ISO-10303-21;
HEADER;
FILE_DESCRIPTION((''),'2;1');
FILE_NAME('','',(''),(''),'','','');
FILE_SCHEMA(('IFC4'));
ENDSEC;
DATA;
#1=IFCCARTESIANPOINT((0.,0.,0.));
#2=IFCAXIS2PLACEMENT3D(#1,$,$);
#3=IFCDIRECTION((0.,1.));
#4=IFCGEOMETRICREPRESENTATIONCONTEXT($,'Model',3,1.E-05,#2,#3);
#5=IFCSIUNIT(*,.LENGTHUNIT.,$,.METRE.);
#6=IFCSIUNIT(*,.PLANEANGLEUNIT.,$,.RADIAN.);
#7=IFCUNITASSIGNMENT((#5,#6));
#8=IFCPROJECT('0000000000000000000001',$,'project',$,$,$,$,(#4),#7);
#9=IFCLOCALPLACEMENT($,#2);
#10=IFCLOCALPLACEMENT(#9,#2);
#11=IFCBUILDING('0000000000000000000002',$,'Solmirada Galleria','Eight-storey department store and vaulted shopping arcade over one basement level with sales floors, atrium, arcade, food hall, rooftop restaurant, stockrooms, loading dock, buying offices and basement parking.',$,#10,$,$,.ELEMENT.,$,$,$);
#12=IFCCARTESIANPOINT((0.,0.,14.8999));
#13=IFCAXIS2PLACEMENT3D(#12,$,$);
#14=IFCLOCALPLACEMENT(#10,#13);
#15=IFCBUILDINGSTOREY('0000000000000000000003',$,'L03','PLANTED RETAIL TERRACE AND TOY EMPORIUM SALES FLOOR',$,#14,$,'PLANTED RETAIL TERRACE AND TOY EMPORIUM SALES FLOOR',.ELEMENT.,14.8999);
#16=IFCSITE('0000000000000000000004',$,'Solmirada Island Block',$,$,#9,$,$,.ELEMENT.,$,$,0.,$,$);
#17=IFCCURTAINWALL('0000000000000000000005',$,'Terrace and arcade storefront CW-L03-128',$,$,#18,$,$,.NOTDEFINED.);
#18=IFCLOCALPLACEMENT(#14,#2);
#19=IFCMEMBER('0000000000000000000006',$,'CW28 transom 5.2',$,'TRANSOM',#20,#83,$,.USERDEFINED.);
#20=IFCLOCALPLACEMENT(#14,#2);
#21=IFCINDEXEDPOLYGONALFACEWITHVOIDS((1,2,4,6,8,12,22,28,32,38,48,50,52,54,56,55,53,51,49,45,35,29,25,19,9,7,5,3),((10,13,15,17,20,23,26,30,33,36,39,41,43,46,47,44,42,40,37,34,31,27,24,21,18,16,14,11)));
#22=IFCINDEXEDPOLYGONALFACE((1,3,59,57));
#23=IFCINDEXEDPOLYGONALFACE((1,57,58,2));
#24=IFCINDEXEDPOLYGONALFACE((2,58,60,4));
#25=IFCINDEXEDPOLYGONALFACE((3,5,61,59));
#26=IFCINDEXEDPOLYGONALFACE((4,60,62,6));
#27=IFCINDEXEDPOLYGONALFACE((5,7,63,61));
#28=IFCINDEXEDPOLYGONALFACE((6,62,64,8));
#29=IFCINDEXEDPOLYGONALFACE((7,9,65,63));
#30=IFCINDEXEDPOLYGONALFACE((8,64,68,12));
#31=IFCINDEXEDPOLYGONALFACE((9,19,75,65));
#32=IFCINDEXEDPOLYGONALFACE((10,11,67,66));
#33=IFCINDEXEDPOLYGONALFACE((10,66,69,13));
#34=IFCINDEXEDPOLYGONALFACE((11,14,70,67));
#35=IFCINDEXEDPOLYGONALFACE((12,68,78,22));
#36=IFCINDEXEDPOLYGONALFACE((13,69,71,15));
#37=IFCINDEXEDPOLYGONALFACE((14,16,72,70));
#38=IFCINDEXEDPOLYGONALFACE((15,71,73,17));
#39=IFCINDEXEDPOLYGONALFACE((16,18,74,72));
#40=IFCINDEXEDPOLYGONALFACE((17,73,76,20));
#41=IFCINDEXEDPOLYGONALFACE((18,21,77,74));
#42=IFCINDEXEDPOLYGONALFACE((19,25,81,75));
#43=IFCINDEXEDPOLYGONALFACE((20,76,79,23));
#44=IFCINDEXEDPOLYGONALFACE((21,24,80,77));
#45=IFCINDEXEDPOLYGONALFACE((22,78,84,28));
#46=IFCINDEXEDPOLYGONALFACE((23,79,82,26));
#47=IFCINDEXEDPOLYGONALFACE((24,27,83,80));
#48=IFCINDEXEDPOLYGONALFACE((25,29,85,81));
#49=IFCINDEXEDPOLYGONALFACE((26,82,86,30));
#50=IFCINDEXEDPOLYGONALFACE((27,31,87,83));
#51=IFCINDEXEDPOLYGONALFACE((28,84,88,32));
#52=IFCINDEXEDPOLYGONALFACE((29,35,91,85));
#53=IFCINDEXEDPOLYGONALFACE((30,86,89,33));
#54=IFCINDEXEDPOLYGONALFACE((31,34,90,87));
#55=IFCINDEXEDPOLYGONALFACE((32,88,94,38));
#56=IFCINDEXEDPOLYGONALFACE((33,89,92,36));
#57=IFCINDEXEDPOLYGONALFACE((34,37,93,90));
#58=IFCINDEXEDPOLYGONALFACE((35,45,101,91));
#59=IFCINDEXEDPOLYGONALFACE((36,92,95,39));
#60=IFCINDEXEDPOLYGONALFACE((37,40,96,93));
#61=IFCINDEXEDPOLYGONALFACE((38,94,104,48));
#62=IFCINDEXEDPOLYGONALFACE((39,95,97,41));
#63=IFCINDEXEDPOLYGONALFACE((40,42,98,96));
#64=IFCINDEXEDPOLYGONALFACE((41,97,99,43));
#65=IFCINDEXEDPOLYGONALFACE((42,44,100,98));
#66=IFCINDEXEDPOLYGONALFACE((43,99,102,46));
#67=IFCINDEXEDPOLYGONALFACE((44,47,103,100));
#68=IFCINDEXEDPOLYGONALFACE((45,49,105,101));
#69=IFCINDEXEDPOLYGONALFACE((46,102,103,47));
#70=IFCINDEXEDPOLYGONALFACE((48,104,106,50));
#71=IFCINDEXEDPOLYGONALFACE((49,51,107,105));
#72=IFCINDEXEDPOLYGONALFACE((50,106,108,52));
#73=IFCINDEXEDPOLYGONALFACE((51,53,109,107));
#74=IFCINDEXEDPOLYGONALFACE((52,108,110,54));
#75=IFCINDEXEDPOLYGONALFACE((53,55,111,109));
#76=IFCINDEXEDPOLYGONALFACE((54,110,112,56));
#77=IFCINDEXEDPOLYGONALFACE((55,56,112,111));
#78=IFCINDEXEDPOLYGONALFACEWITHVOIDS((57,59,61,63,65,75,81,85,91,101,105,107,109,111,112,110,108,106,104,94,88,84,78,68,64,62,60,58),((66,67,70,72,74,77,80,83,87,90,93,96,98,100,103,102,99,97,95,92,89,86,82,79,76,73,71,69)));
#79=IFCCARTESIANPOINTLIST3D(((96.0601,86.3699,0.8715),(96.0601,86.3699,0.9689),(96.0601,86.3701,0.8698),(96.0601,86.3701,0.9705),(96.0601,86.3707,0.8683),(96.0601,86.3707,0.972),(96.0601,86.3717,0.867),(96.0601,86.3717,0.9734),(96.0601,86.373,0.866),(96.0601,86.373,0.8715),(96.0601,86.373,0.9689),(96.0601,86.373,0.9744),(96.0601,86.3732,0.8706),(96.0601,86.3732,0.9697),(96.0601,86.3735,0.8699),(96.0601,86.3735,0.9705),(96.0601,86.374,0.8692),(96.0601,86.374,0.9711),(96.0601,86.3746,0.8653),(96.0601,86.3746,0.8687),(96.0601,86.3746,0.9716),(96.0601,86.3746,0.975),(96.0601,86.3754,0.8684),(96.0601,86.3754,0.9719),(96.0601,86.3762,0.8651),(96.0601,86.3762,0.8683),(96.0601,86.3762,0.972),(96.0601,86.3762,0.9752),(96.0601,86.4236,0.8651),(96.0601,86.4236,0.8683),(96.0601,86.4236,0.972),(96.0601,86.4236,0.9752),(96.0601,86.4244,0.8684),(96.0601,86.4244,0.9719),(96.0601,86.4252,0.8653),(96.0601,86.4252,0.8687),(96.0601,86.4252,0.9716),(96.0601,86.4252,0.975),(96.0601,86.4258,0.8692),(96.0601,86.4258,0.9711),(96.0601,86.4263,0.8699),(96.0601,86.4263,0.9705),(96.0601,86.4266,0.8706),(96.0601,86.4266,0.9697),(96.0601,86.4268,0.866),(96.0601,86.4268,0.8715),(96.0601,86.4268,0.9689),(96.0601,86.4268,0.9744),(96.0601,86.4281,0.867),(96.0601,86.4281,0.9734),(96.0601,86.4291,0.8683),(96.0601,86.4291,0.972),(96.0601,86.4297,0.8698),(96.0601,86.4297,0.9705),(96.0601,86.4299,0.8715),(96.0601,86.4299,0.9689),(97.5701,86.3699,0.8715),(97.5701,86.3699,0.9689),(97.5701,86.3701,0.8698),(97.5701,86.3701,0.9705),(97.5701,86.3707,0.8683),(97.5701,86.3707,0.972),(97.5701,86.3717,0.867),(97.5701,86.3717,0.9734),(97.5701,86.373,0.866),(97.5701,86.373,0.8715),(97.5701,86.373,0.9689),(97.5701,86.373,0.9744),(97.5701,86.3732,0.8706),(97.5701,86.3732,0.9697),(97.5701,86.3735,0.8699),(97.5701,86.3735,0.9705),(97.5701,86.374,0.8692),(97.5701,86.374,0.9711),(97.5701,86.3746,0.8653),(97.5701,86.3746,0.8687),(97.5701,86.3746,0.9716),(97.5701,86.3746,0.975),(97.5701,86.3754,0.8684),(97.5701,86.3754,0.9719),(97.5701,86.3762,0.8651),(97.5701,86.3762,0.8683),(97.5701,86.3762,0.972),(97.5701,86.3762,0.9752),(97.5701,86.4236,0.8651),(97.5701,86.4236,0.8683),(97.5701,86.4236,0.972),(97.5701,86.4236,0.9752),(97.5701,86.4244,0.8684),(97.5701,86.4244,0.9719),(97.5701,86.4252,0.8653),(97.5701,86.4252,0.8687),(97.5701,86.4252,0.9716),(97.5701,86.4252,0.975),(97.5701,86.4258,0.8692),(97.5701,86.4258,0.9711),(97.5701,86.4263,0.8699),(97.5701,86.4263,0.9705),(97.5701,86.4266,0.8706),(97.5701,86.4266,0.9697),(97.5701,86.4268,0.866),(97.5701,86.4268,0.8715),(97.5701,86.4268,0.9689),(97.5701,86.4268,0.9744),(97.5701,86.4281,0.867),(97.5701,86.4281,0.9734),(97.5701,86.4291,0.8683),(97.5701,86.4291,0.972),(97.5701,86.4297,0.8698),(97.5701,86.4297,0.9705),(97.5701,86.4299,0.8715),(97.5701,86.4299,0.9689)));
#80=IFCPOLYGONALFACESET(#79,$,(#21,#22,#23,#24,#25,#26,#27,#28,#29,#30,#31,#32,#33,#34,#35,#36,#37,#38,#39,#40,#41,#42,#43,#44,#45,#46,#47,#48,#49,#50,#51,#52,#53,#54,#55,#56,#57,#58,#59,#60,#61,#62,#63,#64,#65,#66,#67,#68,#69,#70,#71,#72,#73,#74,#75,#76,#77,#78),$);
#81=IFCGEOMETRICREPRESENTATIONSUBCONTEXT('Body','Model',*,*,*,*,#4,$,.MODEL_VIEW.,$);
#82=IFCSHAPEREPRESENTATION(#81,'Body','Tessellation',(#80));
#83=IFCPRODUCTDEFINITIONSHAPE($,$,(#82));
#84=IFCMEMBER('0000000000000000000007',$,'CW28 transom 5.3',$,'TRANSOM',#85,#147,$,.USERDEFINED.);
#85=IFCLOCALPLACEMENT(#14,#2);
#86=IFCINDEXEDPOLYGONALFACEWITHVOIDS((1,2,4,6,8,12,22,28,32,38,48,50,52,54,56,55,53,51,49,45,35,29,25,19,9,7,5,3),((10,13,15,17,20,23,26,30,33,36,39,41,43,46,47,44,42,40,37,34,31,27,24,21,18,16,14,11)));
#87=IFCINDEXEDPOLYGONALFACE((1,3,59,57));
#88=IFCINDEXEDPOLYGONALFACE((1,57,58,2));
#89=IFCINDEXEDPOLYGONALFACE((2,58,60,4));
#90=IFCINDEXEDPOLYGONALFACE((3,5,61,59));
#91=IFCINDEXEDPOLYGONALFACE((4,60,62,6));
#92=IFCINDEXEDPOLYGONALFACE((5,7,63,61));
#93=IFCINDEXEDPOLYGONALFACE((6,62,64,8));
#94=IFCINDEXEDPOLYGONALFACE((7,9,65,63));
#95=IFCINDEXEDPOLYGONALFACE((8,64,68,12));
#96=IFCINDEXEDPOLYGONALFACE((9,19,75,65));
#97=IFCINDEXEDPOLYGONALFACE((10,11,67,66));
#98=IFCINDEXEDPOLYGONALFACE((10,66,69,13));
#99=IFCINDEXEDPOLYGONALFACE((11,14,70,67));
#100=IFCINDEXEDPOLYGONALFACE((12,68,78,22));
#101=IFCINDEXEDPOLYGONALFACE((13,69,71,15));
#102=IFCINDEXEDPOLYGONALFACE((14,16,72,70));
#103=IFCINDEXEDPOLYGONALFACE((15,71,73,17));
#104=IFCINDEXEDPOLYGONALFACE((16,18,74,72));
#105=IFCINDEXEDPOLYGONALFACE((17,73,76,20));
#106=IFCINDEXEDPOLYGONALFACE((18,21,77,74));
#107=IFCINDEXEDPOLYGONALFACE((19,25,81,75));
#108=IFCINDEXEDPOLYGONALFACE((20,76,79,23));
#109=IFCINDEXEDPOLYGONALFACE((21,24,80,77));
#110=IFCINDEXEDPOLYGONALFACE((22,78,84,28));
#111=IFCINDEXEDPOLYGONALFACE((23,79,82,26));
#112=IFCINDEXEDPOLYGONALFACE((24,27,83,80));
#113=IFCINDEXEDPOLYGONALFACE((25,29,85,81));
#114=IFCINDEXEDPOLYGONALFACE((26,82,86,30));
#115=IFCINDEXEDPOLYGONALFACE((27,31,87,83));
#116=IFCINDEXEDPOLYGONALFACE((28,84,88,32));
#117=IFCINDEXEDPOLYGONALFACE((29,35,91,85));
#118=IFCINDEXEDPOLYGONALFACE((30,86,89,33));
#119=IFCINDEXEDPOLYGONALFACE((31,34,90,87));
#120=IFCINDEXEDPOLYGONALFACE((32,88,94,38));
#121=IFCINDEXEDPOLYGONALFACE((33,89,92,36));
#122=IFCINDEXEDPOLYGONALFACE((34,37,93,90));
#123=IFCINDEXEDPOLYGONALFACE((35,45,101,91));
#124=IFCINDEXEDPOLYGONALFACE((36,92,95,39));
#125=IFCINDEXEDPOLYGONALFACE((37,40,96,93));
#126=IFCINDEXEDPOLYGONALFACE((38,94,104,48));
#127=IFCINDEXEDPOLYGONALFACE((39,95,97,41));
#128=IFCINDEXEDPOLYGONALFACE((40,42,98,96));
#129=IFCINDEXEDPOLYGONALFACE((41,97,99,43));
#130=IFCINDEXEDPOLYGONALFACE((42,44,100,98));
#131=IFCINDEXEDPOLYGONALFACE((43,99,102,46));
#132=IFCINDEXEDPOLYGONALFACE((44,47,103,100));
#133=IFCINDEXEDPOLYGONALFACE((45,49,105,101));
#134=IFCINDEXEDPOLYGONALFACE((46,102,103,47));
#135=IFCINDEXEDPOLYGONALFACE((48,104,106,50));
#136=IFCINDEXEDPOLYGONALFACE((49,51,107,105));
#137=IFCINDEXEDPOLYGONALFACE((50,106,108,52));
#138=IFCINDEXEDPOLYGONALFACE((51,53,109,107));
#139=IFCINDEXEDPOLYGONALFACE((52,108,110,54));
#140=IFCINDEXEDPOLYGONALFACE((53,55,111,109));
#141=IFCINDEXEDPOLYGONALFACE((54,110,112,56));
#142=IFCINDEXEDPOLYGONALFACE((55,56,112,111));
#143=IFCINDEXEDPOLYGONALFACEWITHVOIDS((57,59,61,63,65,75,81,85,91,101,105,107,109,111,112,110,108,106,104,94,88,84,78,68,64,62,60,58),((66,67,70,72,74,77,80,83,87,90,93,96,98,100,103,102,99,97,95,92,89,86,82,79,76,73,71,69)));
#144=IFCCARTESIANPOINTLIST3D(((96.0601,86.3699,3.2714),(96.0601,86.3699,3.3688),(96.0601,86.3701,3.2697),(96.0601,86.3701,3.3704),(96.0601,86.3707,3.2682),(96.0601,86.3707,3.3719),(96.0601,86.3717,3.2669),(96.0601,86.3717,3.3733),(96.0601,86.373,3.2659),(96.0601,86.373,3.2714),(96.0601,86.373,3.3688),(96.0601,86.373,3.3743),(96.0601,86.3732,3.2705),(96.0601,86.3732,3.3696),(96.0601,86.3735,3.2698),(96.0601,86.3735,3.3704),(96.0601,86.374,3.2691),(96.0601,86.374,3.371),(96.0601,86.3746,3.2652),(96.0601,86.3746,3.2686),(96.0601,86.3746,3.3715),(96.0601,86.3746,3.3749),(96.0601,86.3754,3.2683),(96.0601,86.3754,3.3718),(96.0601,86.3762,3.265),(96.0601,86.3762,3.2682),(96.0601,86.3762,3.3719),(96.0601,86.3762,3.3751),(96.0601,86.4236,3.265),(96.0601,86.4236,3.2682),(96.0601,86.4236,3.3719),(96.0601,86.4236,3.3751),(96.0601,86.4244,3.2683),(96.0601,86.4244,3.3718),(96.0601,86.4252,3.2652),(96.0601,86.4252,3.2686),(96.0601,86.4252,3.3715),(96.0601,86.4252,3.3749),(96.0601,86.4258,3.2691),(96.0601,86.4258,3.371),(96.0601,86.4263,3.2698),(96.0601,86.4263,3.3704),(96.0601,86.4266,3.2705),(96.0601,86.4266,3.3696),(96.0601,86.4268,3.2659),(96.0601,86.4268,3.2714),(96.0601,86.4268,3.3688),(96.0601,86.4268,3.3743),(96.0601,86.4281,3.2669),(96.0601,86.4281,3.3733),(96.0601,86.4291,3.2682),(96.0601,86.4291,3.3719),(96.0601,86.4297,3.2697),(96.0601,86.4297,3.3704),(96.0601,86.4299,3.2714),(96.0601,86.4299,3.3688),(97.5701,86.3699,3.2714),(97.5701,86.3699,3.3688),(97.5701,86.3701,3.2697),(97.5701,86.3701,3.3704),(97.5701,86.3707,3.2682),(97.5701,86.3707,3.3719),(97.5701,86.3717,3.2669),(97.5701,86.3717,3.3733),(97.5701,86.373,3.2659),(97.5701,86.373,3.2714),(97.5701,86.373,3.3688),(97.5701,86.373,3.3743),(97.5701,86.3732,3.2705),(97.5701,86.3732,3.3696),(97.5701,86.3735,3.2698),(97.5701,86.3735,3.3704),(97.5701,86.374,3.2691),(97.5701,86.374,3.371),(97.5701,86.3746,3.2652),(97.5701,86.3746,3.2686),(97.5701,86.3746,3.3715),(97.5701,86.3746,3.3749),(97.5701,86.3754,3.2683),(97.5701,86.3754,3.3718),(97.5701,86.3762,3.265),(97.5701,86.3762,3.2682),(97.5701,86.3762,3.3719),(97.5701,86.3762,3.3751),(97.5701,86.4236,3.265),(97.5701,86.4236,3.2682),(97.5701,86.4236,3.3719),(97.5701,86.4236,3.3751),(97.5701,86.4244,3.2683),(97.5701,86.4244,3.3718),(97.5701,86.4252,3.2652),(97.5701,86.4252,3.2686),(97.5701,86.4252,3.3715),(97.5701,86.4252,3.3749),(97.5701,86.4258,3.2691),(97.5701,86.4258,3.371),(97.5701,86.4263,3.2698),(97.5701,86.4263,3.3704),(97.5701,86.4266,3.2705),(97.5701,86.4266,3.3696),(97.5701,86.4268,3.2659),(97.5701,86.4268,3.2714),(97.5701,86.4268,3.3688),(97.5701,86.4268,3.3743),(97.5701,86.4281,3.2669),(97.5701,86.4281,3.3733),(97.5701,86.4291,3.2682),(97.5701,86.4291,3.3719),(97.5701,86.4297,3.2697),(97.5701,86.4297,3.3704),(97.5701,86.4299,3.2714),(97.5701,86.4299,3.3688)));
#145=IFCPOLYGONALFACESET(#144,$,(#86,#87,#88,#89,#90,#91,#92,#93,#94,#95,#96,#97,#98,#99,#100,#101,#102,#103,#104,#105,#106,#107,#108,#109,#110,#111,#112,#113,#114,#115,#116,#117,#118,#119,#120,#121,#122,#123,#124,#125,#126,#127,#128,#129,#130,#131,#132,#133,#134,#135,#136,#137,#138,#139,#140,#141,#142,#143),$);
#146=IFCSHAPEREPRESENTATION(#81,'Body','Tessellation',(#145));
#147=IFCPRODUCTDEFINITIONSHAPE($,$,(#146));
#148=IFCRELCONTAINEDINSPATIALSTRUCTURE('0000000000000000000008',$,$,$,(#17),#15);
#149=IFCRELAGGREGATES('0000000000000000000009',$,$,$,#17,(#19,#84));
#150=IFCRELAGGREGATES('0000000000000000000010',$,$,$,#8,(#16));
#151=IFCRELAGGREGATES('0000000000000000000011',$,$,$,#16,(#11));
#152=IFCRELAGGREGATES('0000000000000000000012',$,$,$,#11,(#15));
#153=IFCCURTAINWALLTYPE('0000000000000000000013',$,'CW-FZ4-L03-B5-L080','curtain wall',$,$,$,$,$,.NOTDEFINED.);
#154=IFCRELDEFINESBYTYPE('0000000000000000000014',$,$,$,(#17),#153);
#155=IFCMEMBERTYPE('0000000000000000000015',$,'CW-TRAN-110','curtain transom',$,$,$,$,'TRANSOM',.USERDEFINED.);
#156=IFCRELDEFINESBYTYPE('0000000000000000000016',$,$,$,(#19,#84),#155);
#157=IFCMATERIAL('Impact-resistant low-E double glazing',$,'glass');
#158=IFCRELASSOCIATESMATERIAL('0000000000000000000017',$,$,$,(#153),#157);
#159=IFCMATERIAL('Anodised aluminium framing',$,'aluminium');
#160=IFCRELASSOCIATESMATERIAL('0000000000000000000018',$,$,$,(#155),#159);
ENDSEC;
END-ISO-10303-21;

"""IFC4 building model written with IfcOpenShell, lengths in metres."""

from ifc_helpers import new_model, si_unit, direction, frame, origin, origin_2d, place, context, subcontext, project, spatial, hollow_rectangle, extrude, material, material_profile, profile_set, type_object, element, aggregate, save


model = new_model("IFC4")

# Units and contexts
model_context = context("Model", 3, precision=1e-05, world=origin(), true_north=direction((0.0, 1.0)))
body_context = subcontext(model_context, "Body", "Model", "MODEL_VIEW")
ifc_project = project(units=[si_unit("LENGTHUNIT", "METRE"), si_unit("PLANEANGLEUNIT", "RADIAN")], contexts=[model_context])

# Site, building, storey
site_placement = place(None, origin())
site = spatial("IfcSite", under=ifc_project, at=site_placement, Name="Solmirada Island Block", CompositionType="ELEMENT", RefElevation=0.0)
building_placement = place(site_placement, origin())
building = spatial("IfcBuilding", under=site, at=building_placement, Name="Solmirada Galleria", Description="Eight-storey department store and vaulted shopping arcade over one basement level with sales floors, atrium, arcade, food hall, rooftop restaurant, stockrooms, loading dock, buying offices and basement parking.", CompositionType="ELEMENT")
storey_placement = place(building_placement, frame((0.0, 0.0, 14.8999)))
storey = spatial("IfcBuildingStorey", under=building, at=storey_placement, Name="L03", Description="PLANTED RETAIL TERRACE AND TOY EMPORIUM SALES FLOOR", LongName="PLANTED RETAIL TERRACE AND TOY EMPORIUM SALES FLOOR", CompositionType="ELEMENT", Elevation=14.8999)

# Shared definitions
ifc_material_1 = material(Name="Impact-resistant low-E double glazing", Category="glass")
curtain_wall_type = type_object("IfcCurtainWallType", Name="CW-FZ4-L03-B5-L080", Description="curtain wall", PredefinedType="NOTDEFINED", material=ifc_material_1)
ifc_material_2 = material(Name="Anodised aluminium framing", Category="aluminium")

# Curtain wall
curtain_wall_1_placement = place(storey_placement, origin())
curtain_wall_1 = element("IfcCurtainWall", 1, at=curtain_wall_1_placement, inside=storey, type_object=curtain_wall_type, Name="Terrace and arcade storefront CW-L03-128", PredefinedType="NOTDEFINED")

# Members
ifc_material_profile_1 = material_profile(ifc_material_2, hollow_rectangle(XDim=0.0601, YDim=0.1101, WallThickness=0.0032, InnerFilletRadius=0.0032, OuterFilletRadius=0.0063, at=origin_2d()), Name="ALU-TRAN-110X60")
ifc_profile_set_1 = profile_set([ifc_material_profile_1], Name="Anodised aluminium framing")
member_type_1 = type_object("IfcMemberType", Name="CW-TRAN-110", Description="curtain transom", ElementType="TRANSOM", PredefinedType="USERDEFINED", material=ifc_profile_set_1)
member_1_placement = place(storey_placement, frame((97.5701, 86.3999, 0.9202), z_axis=(-1.0, 0.0, 0.0), x_axis=(0.0, -1.0, 0.0)))
member_1 = element("IfcMember", 2, at=member_1_placement, type_object=member_type_1, Name="CW28 transom 5.2", ObjectType="TRANSOM", PredefinedType="USERDEFINED", context=body_context, shape_type="SweptSolid", body=[
    extrude(hollow_rectangle(XDim=0.0601, YDim=0.1101, WallThickness=0.0032, InnerFilletRadius=0.0032, OuterFilletRadius=0.0063, at=origin_2d()), origin(), (0.0, 0.0, 1.0), 1.51),
])
member_2_placement = place(storey_placement, frame((97.5701, 86.3999, 3.3201), z_axis=(-1.0, 0.0, 0.0), x_axis=(0.0, -1.0, 0.0)))
member_2 = element("IfcMember", 3, at=member_2_placement, type_object=member_type_1, Name="CW28 transom 5.3", ObjectType="TRANSOM", PredefinedType="USERDEFINED", context=body_context, shape_type="SweptSolid", body=[
    extrude(hollow_rectangle(XDim=0.0601, YDim=0.1101, WallThickness=0.0032, InnerFilletRadius=0.0032, OuterFilletRadius=0.0063, at=origin_2d()), origin(), (0.0, 0.0, 1.0), 1.51),
])

aggregate(curtain_wall_1, [member_1, member_2])

save(model, "model.ifc")
